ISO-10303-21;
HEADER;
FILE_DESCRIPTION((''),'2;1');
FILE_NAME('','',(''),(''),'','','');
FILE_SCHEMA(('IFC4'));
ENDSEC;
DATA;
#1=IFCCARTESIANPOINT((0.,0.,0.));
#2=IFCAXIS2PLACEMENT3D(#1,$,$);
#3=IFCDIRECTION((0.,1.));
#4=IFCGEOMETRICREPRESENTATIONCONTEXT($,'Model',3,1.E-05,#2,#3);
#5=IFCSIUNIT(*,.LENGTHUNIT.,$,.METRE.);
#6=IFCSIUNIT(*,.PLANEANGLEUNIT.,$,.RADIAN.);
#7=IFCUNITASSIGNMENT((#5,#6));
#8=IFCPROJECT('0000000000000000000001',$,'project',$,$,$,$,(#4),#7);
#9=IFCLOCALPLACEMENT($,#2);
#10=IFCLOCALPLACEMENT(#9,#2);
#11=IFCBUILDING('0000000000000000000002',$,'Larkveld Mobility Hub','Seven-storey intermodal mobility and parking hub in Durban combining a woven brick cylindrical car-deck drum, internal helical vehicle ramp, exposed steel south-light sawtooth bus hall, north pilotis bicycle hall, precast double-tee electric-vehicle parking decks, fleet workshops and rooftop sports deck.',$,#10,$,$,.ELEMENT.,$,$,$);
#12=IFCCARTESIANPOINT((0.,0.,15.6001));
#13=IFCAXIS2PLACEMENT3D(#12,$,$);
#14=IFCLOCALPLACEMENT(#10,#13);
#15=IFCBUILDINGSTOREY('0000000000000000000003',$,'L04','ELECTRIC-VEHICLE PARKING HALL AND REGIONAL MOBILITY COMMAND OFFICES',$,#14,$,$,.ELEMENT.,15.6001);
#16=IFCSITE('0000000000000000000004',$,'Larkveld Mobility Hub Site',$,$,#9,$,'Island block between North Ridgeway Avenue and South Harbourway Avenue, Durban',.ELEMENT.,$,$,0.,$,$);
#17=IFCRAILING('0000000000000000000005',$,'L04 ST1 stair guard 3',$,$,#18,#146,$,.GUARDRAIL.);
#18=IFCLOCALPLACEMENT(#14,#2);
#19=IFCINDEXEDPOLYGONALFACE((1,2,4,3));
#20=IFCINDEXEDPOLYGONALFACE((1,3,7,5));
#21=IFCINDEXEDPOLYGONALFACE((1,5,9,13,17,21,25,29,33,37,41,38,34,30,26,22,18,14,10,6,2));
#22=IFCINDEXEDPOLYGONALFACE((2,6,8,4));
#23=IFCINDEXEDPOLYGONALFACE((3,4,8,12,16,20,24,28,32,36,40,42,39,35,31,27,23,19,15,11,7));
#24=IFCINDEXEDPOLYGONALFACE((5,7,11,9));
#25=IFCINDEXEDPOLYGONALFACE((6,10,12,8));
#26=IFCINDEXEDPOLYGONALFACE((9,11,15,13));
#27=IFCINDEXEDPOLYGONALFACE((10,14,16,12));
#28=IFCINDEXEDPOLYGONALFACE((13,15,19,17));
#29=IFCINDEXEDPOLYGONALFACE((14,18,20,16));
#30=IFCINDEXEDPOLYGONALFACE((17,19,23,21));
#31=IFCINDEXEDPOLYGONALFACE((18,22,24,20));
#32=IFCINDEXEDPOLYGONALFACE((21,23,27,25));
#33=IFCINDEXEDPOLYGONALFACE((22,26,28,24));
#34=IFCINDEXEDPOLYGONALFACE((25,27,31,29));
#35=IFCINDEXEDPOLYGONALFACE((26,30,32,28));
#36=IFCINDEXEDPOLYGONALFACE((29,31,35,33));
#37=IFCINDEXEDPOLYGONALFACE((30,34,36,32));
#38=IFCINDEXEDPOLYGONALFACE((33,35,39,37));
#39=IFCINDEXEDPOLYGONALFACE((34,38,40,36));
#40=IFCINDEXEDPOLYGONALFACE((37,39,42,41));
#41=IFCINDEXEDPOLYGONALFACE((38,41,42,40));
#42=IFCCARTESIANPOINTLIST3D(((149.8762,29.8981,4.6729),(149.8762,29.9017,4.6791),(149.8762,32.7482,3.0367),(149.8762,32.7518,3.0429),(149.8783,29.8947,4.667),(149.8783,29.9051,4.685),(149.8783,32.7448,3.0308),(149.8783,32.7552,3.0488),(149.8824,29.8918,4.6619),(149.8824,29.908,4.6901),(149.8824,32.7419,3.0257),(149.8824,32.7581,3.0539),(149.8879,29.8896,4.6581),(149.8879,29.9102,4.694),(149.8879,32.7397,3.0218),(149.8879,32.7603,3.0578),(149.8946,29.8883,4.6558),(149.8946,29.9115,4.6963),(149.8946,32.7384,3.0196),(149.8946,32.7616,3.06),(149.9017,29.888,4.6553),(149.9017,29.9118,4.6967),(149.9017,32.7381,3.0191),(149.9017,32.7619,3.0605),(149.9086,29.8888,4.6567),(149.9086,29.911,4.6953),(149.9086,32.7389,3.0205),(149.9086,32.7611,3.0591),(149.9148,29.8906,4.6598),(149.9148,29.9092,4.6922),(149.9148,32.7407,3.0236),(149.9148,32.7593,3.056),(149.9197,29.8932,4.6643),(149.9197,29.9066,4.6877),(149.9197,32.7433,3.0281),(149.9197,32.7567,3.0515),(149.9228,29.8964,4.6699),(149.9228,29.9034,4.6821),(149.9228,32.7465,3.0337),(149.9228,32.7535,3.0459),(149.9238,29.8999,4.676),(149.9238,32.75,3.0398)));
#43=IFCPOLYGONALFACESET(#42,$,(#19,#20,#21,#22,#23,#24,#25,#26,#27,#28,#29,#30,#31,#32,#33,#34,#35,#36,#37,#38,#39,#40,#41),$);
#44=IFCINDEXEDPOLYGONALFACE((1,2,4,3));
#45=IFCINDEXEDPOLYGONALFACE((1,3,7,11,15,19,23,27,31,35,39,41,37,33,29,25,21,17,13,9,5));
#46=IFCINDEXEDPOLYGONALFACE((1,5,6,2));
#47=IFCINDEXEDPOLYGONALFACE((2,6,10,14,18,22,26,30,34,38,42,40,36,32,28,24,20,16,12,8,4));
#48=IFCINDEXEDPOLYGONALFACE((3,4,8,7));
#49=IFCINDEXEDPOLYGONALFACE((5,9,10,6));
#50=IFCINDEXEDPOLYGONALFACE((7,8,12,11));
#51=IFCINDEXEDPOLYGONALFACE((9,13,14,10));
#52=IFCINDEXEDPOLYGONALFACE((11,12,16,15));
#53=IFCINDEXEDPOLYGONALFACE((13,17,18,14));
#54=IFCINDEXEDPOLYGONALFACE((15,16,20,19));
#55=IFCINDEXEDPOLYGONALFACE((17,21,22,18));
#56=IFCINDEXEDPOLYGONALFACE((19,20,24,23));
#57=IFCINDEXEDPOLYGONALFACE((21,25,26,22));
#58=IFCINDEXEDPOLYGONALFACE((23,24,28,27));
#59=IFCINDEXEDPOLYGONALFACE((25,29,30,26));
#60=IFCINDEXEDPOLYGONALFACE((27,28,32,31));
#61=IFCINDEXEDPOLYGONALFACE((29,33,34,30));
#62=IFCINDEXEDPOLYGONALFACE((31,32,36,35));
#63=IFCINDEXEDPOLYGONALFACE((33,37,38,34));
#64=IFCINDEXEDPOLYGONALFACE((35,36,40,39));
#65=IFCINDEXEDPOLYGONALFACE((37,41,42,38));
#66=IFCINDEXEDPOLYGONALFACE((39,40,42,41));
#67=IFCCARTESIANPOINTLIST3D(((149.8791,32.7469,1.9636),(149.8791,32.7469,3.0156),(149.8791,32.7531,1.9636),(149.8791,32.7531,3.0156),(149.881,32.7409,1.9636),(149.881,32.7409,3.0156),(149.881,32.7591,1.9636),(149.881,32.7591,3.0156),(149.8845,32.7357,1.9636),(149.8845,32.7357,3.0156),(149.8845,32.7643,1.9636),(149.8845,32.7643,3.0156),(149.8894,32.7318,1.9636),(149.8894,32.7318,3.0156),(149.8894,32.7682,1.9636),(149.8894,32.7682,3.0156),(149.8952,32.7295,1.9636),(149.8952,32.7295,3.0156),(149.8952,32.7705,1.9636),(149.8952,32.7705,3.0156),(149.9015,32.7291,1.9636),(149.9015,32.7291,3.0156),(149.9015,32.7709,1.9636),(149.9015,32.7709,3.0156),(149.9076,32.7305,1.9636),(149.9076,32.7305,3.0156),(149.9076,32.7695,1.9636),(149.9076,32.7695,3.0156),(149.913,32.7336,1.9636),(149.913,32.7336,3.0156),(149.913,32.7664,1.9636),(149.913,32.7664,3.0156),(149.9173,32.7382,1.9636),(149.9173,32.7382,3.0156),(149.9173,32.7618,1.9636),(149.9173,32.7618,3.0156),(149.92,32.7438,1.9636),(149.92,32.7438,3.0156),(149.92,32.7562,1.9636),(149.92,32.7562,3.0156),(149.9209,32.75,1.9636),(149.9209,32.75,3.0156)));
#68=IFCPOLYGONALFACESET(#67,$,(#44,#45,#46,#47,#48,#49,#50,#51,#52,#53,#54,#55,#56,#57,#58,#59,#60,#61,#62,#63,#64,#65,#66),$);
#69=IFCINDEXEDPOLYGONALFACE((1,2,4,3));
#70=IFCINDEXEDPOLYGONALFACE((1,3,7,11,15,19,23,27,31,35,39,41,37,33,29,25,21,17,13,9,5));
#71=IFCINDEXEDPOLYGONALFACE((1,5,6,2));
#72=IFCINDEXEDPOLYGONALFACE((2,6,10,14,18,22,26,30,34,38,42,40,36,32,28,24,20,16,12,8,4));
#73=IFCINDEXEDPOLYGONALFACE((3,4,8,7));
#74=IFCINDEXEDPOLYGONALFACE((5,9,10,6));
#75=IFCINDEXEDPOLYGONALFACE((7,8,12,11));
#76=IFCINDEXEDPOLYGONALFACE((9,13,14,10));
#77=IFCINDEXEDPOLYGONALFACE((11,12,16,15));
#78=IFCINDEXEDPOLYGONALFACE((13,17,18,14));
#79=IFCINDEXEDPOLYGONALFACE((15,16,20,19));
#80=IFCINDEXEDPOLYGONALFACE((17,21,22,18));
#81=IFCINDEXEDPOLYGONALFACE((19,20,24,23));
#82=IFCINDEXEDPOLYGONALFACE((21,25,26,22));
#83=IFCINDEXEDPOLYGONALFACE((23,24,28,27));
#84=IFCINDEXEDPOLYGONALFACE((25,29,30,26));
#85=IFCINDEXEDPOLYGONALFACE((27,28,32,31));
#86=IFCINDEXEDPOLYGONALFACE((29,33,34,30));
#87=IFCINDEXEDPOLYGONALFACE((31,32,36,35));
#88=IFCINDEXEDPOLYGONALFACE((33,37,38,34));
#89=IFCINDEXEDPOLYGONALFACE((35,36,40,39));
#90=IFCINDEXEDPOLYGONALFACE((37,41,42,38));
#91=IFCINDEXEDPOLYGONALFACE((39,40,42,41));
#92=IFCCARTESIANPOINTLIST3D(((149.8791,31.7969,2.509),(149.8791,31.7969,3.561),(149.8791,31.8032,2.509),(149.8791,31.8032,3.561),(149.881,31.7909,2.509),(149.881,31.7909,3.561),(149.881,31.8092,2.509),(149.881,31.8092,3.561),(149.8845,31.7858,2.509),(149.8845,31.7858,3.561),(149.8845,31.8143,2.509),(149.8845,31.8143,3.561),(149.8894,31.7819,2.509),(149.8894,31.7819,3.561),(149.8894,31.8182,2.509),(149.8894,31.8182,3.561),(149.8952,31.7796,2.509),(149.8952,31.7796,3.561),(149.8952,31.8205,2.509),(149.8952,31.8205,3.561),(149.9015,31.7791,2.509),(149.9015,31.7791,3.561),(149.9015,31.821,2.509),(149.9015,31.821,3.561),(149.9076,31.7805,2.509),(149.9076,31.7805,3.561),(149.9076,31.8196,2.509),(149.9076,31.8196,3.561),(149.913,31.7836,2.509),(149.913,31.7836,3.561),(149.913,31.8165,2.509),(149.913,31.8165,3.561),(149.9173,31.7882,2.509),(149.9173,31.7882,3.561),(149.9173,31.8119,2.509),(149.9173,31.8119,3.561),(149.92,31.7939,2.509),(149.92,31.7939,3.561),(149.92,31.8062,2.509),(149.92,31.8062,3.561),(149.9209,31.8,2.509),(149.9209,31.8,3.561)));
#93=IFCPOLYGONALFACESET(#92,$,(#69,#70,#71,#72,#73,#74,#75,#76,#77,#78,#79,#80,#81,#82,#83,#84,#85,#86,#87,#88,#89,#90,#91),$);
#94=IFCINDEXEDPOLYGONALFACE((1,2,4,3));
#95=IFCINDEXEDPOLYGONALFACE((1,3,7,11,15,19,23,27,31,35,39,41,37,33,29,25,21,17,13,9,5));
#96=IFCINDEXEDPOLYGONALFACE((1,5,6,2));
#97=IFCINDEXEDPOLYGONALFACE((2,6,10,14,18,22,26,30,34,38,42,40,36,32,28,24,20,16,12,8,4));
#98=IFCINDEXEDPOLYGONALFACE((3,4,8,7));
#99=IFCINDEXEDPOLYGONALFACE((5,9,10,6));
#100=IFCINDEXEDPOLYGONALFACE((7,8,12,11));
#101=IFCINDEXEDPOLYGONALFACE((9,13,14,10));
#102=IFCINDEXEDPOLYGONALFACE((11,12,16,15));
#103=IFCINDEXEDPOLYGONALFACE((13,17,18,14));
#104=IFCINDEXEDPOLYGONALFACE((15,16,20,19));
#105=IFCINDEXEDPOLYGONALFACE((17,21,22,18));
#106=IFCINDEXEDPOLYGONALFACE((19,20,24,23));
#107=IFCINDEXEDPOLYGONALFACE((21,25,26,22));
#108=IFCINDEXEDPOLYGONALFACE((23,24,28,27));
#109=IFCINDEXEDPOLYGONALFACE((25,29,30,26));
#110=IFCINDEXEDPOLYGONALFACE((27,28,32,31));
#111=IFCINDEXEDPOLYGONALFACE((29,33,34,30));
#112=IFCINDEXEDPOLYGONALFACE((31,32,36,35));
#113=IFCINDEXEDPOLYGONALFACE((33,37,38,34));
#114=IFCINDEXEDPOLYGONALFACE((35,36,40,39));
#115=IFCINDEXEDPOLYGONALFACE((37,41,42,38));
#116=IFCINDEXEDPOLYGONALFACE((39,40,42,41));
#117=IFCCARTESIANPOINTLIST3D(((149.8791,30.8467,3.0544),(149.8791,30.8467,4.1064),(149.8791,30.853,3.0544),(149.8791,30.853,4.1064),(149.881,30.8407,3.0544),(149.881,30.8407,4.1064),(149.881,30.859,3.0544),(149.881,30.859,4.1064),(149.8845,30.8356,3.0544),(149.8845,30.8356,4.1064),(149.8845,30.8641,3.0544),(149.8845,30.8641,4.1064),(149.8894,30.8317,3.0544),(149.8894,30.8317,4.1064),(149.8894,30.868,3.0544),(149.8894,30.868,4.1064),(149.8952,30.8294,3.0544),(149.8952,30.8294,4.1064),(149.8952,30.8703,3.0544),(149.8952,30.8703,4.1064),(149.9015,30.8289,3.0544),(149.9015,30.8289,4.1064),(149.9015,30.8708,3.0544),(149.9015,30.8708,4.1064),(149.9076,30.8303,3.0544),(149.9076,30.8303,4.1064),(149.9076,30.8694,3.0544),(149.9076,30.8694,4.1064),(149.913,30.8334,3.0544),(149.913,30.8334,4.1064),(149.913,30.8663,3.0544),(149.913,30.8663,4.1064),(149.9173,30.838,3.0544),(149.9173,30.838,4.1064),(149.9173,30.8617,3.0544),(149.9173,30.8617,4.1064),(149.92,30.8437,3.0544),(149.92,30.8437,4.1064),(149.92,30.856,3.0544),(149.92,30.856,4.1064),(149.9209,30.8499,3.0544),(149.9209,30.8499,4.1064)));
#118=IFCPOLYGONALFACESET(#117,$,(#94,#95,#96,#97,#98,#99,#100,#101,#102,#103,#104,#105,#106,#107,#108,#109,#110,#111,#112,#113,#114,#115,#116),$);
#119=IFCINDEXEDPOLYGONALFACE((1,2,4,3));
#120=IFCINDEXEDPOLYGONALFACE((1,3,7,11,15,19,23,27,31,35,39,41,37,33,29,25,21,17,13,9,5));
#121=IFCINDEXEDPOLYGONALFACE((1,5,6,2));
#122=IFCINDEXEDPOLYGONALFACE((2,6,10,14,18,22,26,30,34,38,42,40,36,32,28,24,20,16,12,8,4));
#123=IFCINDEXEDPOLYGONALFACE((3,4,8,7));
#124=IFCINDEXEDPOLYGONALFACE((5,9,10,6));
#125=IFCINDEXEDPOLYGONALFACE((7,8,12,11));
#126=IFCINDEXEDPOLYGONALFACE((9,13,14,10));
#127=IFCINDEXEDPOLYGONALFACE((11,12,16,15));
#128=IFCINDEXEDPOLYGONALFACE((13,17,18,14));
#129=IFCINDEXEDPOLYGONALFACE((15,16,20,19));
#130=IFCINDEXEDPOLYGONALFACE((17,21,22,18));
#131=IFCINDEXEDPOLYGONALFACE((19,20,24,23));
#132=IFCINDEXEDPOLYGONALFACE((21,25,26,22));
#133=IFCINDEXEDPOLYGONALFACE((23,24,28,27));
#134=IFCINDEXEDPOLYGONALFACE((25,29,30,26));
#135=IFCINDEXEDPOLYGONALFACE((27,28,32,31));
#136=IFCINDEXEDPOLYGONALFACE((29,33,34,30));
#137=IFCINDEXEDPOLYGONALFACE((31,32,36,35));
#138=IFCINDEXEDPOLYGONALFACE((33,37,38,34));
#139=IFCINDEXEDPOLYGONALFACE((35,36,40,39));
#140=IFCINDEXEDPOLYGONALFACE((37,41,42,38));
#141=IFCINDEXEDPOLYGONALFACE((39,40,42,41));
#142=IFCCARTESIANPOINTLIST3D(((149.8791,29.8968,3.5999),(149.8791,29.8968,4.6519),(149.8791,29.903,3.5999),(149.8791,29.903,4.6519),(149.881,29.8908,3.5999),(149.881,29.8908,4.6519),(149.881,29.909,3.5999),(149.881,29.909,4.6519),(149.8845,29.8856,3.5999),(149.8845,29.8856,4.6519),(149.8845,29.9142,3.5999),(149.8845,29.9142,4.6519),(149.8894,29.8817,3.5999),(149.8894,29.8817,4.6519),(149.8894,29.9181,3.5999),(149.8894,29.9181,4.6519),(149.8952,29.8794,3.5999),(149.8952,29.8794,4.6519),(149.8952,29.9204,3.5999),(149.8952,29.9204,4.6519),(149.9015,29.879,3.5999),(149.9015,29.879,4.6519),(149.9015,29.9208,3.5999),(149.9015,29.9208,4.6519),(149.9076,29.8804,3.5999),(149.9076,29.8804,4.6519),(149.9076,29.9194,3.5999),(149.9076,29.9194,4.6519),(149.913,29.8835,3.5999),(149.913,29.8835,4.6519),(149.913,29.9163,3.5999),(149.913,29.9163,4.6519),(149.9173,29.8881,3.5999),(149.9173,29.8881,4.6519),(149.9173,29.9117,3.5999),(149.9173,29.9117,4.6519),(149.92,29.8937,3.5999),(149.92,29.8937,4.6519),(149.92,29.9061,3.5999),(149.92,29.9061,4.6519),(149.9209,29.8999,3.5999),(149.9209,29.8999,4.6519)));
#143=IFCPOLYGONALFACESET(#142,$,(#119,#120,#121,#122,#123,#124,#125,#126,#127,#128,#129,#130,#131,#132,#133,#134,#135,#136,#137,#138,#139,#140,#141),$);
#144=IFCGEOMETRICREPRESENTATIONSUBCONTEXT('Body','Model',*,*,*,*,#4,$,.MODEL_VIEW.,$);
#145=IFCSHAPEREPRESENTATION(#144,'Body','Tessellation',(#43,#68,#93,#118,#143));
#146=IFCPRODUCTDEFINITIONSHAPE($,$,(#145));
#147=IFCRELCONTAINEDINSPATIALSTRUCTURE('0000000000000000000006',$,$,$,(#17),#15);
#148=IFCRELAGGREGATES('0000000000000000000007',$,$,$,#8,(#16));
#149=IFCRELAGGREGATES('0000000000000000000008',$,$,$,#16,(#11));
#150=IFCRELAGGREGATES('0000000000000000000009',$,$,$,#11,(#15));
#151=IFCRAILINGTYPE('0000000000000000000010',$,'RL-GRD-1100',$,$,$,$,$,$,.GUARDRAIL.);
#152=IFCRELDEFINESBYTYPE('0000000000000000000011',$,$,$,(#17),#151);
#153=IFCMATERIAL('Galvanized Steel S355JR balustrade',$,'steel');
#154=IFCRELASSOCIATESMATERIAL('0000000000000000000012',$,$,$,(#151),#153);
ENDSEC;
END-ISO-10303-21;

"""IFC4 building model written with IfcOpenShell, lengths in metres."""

from ifc_helpers import new_model, si_unit, direction, frame, origin, origin_2d, place, context, subcontext, project, spatial, circle, extrude, material, type_object, element, save


model = new_model("IFC4")

# Units and contexts
model_context = context("Model", 3, precision=1e-05, world=origin(), true_north=direction((0.0, 1.0)))
body_context = subcontext(model_context, "Body", "Model", "MODEL_VIEW")
ifc_project = project(units=[si_unit("LENGTHUNIT", "METRE"), si_unit("PLANEANGLEUNIT", "RADIAN")], contexts=[model_context])

# Site, building, storey
site_placement = place(None, origin())
site = spatial("IfcSite", under=ifc_project, at=site_placement, Name="Larkveld Mobility Hub Site", LongName="Island block between North Ridgeway Avenue and South Harbourway Avenue, Durban", CompositionType="ELEMENT", RefElevation=0.0)
building_placement = place(site_placement, origin())
building = spatial("IfcBuilding", under=site, at=building_placement, Name="Larkveld Mobility Hub", Description="Seven-storey intermodal mobility and parking hub in Durban combining a woven brick cylindrical car-deck drum, internal helical vehicle ramp, exposed steel south-light sawtooth bus hall, north pilotis bicycle hall, precast double-tee electric-vehicle parking decks, fleet workshops and rooftop sports deck.", CompositionType="ELEMENT")
storey_placement = place(building_placement, frame((0.0, 0.0, 15.6001)))
storey = spatial("IfcBuildingStorey", under=building, at=storey_placement, Name="L04", Description="ELECTRIC-VEHICLE PARKING HALL AND REGIONAL MOBILITY COMMAND OFFICES", CompositionType="ELEMENT", Elevation=15.6001)

# Railing
ifc_material_1 = material(Name="Galvanized Steel S355JR balustrade", Category="steel")
railing_type_1 = type_object("IfcRailingType", Name="RL-GRD-1100", PredefinedType="GUARDRAIL", material=ifc_material_1)
railing_1_placement = place(storey_placement, frame((149.8999, 32.75, 1.9636)))
element("IfcRailing", 1, at=railing_1_placement, inside=storey, type_object=railing_type_1, Name="L04 ST1 stair guard 3", PredefinedType="GUARDRAIL", context=body_context, shape_type="SweptSolid", body=[
    extrude(circle(Radius=0.0239, at=origin_2d()), frame((0.0, 0.0, 1.0762), z_axis=(0.0, -0.867245, 0.497882), x_axis=(1.0, 0.0, 0.0)), (0.0, 0.0, 1.0), 3.2864),
    extrude(circle(Radius=0.021, at=origin_2d()), origin(), (0.0, 0.0, 1.0), 1.052),
    extrude(circle(Radius=0.021, at=origin_2d()), frame((0.0, -0.95, 0.5454)), (0.0, 0.0, 1.0), 1.052),
    extrude(circle(Radius=0.021, at=origin_2d()), frame((0.0, -1.9001, 1.0908)), (0.0, 0.0, 1.0), 1.052),
    extrude(circle(Radius=0.021, at=origin_2d()), frame((0.0, -2.8501, 1.6362)), (0.0, 0.0, 1.0), 1.052),
])

save(model, "model.ifc")
